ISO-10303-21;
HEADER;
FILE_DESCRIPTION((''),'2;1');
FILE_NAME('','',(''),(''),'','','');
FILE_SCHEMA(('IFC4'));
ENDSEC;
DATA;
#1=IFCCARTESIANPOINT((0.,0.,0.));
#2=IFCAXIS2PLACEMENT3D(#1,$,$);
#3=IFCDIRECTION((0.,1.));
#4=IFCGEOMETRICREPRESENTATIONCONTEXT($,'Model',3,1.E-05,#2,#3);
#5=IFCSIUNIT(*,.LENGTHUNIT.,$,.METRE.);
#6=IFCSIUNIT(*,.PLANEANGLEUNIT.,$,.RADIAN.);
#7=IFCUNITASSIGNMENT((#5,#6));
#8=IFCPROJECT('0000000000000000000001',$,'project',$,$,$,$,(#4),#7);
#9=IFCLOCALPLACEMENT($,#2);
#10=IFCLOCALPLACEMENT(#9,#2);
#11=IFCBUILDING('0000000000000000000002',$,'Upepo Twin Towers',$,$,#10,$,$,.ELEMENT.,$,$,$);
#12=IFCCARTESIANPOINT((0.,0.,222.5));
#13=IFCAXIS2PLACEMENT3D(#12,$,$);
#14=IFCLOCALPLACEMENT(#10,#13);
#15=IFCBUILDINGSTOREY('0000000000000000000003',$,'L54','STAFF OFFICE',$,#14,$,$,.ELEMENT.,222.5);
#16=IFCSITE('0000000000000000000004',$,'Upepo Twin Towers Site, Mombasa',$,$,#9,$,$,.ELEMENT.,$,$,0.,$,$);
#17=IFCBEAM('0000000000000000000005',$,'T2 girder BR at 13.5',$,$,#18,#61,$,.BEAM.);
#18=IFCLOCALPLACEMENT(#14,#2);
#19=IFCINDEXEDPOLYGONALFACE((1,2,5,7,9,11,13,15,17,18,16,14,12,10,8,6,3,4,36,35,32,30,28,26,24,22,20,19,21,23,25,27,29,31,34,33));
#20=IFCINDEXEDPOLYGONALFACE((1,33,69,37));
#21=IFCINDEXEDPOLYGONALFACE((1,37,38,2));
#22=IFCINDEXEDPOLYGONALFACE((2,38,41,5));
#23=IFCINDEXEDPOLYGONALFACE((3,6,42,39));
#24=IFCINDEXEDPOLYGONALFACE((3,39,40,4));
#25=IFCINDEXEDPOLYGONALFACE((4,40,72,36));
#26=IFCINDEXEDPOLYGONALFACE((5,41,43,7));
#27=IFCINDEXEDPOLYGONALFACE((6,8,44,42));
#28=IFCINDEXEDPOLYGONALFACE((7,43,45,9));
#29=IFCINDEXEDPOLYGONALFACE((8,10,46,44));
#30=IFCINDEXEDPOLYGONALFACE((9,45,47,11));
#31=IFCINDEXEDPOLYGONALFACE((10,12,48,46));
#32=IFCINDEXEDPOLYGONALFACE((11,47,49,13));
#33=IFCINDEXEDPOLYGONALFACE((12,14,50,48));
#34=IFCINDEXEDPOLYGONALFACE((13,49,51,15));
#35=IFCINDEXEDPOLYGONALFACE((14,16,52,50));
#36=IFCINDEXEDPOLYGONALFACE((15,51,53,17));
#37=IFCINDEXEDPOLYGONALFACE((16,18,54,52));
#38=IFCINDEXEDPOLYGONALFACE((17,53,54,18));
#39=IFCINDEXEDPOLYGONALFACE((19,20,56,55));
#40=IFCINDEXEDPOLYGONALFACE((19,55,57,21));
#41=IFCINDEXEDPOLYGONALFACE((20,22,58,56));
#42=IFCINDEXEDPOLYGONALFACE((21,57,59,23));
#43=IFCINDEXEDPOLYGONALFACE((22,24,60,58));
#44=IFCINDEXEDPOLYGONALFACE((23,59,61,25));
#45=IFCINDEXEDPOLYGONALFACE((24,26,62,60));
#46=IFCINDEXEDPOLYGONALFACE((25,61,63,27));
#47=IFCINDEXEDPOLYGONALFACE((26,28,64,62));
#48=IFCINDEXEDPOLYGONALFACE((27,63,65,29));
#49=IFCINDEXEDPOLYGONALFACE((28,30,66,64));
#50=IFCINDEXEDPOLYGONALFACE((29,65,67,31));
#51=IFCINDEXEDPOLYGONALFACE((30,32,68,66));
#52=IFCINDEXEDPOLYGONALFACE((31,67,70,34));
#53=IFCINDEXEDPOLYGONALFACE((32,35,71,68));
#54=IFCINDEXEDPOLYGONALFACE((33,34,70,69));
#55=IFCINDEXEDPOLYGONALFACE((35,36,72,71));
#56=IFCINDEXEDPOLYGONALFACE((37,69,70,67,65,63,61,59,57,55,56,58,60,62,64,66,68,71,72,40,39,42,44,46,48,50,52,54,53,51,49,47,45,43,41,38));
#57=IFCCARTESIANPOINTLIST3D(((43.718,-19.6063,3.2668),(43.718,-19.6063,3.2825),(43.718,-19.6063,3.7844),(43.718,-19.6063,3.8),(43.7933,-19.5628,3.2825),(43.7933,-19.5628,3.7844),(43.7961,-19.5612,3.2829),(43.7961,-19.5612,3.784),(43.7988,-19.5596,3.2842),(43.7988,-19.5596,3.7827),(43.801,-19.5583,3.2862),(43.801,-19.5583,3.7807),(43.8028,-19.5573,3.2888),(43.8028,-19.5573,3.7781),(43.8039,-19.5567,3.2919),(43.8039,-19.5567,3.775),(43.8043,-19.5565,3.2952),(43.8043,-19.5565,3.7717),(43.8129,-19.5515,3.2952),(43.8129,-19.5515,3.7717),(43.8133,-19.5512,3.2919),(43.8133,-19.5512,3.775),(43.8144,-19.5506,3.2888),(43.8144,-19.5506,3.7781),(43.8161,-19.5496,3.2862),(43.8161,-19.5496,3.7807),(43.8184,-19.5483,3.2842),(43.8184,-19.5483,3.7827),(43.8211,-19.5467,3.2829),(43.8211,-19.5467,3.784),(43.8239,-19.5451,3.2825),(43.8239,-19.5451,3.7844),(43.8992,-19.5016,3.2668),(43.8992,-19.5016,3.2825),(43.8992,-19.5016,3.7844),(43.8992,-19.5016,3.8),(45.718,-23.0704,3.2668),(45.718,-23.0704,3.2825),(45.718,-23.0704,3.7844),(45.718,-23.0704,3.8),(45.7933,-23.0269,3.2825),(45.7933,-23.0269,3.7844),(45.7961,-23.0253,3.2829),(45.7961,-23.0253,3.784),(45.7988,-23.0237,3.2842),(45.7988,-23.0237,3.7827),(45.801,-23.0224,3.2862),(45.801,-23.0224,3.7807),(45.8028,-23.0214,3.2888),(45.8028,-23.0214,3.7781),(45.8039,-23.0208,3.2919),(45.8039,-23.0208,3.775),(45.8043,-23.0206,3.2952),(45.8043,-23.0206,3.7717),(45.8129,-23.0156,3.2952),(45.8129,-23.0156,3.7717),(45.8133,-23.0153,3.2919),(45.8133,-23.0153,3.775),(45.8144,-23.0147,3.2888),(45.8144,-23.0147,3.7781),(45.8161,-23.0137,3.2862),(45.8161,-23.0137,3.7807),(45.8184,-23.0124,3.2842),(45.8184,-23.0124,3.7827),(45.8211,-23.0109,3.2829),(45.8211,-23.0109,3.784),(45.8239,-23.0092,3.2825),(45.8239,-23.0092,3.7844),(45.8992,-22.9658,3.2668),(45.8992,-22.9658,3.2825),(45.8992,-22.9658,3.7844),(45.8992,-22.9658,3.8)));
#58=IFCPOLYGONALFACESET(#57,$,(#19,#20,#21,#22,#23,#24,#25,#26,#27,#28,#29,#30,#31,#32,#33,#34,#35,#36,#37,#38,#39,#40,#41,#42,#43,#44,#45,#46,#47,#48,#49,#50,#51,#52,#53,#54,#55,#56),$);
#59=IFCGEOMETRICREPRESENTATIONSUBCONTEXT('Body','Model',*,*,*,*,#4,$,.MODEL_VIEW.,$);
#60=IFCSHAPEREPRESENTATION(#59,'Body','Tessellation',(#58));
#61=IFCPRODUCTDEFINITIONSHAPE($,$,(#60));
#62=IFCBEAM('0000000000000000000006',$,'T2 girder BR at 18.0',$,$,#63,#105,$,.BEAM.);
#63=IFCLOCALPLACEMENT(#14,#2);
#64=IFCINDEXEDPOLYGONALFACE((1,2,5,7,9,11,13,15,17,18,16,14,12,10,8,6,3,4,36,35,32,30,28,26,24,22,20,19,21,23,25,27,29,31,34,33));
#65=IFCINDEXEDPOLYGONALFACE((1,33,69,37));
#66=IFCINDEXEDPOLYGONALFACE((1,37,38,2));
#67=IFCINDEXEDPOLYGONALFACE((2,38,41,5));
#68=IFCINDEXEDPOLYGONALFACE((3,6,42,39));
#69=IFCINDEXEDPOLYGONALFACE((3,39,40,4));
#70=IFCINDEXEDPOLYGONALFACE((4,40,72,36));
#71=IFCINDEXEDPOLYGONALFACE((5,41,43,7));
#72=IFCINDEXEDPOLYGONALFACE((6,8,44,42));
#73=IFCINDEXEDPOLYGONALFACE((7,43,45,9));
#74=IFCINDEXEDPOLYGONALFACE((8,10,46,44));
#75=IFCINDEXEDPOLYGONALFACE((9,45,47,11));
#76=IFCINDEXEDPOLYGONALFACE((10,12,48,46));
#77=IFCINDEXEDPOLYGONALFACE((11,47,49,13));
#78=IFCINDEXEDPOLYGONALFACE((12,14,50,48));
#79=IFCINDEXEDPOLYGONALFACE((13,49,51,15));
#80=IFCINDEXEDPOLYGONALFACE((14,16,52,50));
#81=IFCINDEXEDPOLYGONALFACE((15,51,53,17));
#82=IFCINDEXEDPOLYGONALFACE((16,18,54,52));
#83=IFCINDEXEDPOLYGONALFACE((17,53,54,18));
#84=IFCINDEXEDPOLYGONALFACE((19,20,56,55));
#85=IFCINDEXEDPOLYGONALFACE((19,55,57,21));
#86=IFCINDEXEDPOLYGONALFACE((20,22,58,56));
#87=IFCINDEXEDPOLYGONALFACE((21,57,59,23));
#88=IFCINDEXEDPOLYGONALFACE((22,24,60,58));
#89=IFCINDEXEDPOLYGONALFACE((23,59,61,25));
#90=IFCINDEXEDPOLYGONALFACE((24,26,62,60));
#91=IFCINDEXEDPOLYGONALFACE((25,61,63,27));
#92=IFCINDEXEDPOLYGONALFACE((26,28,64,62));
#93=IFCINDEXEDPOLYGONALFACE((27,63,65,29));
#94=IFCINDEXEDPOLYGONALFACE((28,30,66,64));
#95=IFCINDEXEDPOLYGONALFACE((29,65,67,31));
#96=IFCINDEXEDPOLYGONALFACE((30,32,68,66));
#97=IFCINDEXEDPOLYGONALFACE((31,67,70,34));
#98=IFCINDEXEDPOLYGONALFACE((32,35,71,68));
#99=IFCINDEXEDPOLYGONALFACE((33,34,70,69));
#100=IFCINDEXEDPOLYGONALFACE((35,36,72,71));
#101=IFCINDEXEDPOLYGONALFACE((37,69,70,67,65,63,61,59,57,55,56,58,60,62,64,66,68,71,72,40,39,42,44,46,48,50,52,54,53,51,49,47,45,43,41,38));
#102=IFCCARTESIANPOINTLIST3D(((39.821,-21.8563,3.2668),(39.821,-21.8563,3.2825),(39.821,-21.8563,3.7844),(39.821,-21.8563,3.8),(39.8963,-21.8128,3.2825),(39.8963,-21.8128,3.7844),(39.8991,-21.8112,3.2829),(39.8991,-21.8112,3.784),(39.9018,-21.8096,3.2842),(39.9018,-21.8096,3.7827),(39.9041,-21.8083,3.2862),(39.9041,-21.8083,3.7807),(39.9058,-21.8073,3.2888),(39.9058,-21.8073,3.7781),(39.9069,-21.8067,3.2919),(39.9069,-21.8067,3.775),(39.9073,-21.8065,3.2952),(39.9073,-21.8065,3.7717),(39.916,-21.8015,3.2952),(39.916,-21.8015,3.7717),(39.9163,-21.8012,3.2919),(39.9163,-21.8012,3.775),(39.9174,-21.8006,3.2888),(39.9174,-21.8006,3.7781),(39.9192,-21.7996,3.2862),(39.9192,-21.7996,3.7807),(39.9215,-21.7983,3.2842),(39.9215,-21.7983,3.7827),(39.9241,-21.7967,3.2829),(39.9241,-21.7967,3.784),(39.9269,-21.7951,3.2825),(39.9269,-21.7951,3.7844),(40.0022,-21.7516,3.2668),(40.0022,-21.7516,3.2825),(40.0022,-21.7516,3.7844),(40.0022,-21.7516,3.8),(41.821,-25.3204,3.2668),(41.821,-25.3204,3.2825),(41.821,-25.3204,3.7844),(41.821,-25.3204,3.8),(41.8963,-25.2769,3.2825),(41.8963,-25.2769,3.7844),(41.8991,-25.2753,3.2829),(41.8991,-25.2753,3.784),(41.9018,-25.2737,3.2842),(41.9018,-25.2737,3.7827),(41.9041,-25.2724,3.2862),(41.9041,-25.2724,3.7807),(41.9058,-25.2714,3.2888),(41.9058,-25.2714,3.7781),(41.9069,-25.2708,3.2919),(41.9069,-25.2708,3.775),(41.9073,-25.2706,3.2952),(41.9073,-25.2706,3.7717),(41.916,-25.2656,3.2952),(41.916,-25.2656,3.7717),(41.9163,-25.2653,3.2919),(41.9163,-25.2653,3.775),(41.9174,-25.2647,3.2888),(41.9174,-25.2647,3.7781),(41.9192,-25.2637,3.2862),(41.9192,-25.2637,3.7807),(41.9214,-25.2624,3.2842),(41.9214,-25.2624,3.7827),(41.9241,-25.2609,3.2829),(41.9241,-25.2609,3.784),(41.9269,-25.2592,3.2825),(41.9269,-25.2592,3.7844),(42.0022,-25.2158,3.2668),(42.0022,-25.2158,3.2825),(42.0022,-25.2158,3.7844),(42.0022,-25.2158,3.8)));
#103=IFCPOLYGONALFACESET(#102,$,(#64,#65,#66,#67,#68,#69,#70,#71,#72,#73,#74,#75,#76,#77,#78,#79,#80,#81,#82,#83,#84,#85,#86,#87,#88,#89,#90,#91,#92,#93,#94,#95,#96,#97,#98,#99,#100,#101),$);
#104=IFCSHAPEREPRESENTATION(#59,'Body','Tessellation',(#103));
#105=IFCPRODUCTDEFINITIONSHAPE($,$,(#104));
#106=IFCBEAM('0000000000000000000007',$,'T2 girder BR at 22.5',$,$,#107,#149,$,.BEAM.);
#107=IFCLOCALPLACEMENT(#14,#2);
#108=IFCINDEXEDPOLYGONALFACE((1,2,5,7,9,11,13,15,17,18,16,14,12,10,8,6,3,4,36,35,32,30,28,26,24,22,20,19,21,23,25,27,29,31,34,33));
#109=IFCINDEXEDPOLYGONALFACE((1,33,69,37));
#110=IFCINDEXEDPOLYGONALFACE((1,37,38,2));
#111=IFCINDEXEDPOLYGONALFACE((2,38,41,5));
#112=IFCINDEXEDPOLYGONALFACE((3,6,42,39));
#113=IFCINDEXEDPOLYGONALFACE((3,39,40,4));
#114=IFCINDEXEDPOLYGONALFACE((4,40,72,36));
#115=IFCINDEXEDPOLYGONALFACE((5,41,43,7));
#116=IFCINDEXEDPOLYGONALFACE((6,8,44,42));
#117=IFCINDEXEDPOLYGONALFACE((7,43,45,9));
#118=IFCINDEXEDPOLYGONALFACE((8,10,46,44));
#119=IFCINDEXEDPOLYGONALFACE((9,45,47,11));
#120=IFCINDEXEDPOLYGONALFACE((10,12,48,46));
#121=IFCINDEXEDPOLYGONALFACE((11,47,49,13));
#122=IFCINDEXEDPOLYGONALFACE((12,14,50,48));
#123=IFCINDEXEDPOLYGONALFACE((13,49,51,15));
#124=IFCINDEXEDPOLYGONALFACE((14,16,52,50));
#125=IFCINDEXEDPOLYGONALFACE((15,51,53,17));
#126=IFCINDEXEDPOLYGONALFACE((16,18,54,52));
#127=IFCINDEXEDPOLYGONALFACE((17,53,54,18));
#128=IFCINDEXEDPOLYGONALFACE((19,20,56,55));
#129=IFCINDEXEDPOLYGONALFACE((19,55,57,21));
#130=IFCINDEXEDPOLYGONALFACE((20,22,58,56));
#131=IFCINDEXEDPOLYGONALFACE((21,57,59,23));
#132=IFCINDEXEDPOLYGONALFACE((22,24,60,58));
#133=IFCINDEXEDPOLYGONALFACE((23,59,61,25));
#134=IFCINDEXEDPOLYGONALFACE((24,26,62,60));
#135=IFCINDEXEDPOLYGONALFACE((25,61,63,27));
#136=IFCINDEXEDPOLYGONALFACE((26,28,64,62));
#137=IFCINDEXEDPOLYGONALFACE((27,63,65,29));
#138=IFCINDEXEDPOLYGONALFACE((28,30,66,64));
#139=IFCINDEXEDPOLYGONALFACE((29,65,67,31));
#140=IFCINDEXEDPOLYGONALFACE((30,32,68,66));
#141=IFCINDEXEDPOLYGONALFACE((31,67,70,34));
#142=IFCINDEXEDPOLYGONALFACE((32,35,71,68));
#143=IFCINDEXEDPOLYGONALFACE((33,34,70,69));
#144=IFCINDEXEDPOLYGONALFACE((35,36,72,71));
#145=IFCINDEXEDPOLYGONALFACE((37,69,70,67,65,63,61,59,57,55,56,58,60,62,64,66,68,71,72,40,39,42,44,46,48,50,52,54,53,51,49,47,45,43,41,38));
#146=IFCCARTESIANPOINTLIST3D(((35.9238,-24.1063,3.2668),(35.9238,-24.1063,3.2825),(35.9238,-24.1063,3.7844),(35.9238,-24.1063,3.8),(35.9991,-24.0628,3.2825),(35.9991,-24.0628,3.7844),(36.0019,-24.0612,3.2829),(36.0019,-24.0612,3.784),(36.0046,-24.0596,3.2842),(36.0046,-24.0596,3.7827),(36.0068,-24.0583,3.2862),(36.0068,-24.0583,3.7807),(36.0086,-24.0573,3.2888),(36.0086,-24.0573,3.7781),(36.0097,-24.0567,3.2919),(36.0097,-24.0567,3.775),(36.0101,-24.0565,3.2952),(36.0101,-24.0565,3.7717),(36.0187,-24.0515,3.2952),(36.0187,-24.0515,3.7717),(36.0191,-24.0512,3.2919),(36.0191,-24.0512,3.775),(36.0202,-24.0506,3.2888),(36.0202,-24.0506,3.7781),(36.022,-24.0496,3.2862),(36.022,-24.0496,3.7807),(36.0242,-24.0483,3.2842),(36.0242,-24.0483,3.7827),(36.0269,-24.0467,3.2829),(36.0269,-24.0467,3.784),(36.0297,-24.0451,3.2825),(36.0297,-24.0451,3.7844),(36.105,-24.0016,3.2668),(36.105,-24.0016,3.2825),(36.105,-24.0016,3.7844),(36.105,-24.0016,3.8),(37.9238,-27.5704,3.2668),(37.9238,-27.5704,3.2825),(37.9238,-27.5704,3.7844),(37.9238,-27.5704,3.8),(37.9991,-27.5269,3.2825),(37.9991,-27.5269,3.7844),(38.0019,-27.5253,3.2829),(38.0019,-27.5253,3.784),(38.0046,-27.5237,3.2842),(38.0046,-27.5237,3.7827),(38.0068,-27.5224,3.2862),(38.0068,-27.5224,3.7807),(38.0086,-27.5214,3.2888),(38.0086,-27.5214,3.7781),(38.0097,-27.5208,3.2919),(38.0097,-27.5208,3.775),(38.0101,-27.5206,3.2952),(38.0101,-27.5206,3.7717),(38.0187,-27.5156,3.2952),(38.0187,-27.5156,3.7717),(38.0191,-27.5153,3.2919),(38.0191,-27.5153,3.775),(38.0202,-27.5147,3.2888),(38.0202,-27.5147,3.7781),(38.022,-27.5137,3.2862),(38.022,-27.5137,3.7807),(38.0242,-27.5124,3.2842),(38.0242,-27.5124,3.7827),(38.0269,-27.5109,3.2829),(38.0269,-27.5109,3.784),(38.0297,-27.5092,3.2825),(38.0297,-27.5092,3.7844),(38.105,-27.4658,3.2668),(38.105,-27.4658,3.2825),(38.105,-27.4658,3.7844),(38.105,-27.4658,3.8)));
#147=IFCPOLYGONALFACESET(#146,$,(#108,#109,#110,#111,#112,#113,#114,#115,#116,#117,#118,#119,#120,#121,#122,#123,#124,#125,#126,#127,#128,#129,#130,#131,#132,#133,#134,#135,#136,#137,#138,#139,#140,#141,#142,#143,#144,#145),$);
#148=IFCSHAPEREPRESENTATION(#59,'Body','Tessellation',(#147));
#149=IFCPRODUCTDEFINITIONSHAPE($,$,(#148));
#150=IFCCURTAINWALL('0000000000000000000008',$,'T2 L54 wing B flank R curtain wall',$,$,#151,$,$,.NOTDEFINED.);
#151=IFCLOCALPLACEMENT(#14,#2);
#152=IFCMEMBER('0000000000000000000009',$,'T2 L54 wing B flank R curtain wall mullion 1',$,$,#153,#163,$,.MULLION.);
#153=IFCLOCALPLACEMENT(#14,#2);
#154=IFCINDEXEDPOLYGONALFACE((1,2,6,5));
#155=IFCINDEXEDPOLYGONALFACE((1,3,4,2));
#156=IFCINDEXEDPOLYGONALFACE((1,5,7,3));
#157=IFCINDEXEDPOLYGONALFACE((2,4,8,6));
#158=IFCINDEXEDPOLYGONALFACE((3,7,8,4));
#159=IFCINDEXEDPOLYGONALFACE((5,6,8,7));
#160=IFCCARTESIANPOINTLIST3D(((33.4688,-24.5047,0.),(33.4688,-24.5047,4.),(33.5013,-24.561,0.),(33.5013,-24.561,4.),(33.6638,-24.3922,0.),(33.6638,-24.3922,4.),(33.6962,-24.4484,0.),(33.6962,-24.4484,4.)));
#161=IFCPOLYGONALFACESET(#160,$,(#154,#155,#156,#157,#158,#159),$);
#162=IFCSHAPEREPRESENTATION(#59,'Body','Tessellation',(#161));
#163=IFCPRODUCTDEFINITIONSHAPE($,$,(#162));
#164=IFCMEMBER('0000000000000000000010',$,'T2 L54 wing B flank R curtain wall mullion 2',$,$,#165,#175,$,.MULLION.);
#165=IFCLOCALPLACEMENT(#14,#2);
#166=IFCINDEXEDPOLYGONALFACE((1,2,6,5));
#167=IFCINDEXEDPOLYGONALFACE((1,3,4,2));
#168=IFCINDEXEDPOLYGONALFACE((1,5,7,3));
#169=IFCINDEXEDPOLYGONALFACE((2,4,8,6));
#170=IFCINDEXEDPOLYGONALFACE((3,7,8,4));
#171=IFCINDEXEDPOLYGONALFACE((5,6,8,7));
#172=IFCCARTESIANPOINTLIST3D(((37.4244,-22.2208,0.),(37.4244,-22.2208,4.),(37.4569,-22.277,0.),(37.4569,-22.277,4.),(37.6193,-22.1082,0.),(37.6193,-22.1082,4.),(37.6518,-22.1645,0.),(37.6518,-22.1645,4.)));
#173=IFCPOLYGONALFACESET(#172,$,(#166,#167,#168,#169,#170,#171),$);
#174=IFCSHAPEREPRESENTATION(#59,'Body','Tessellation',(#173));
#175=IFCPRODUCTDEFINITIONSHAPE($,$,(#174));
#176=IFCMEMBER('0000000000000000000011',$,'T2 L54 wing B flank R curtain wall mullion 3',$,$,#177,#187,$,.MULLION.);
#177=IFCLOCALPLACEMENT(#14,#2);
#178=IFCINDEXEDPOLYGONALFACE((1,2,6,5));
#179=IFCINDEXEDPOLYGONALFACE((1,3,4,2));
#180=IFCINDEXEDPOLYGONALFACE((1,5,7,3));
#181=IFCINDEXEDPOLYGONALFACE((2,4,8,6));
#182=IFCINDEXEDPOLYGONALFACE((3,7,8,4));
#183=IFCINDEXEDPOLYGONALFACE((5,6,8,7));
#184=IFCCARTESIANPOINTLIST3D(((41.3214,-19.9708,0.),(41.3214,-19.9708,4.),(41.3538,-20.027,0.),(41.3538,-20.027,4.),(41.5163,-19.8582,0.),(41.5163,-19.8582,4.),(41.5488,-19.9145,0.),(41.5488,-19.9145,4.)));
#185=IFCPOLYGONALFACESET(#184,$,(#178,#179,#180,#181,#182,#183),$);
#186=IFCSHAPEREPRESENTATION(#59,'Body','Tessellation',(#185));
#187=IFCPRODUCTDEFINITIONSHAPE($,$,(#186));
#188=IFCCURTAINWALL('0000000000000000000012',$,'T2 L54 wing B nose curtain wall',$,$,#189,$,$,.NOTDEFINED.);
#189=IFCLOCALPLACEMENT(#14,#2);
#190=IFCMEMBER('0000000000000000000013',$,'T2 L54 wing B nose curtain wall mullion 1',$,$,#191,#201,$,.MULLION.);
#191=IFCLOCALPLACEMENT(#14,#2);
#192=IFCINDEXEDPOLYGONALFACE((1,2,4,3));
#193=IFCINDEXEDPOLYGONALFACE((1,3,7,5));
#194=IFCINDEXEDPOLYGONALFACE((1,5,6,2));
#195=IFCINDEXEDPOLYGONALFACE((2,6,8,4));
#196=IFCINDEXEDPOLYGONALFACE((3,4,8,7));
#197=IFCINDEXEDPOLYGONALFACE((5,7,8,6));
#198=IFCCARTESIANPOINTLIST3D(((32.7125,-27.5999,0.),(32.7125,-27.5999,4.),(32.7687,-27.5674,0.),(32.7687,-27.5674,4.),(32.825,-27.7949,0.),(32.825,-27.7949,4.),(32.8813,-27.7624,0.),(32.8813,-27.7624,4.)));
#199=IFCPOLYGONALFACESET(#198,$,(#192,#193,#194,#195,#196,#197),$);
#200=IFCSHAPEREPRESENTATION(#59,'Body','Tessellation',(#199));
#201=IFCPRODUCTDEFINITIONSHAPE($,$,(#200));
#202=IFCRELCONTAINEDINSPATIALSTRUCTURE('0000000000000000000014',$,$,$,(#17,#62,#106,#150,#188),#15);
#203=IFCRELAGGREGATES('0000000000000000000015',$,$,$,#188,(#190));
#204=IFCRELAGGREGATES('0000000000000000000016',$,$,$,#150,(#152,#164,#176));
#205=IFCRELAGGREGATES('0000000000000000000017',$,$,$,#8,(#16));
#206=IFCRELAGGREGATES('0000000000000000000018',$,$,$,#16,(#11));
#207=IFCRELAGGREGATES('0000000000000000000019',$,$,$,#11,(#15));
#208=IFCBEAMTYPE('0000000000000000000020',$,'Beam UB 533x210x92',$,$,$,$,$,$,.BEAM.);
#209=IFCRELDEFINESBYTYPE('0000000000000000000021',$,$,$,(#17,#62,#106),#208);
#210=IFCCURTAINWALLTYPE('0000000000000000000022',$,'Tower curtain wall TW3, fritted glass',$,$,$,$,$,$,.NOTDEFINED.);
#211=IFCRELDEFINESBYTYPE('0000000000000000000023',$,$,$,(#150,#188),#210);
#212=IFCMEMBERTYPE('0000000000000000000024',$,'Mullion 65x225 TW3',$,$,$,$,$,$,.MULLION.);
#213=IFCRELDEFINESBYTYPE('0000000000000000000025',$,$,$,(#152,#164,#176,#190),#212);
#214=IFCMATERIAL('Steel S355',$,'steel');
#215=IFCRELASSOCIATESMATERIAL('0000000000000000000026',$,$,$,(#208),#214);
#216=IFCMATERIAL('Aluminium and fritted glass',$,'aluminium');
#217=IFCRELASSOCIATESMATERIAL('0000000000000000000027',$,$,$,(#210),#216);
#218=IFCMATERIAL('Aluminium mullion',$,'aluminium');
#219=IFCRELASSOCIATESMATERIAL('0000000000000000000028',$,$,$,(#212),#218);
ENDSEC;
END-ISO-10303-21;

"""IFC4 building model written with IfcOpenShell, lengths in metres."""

from ifc_helpers import new_model, si_unit, direction, frame, origin, origin_2d, place, context, subcontext, project, spatial, rectangle, i_section, extrude, material, material_profile, profile_set, type_object, element, aggregate, save


model = new_model("IFC4")

# Units and contexts
model_context = context("Model", 3, precision=1e-05, world=origin(), true_north=direction((0.0, 1.0)))
body_context = subcontext(model_context, "Body", "Model", "MODEL_VIEW")
ifc_project = project(units=[si_unit("LENGTHUNIT", "METRE"), si_unit("PLANEANGLEUNIT", "RADIAN")], contexts=[model_context])

# Site, building, storey
site_placement = place(None, origin())
site = spatial("IfcSite", under=ifc_project, at=site_placement, Name="Upepo Twin Towers Site, Mombasa", CompositionType="ELEMENT", RefElevation=0.0)
building_placement = place(site_placement, origin())
building = spatial("IfcBuilding", under=site, at=building_placement, Name="Upepo Twin Towers", CompositionType="ELEMENT")
storey_placement = place(building_placement, frame((0.0, 0.0, 222.5)))
storey = spatial("IfcBuildingStorey", under=building, at=storey_placement, Name="L54", Description="STAFF OFFICE", CompositionType="ELEMENT", Elevation=222.5)

# Beams
ifc_material_1 = material(Name="Steel S355", Category="steel")
ifc_material_profile_1 = material_profile(ifc_material_1, i_section(OverallWidth=0.2092, OverallDepth=0.5332, WebThickness=0.01, FlangeThickness=0.0156, FilletRadius=0.0127, at=origin_2d()), Name="UB 533x210x92")
ifc_profile_set_1 = profile_set([ifc_material_profile_1], Name="Steel S355")
beam_type_1 = type_object("IfcBeamType", Name="Beam UB 533x210x92", PredefinedType="BEAM", material=ifc_profile_set_1)
for number, where, z_axis, x_axis, name in (
    (1, (43.8086, -19.554, 3.5334), (0.499999, -0.866026, 0.0), (0.866026, 0.499999, 0.0), "T2 girder BR at 13.5"),
    (2, (39.9116, -21.804, 3.5334), (0.499999, -0.866026, 0.0), (0.866026, 0.499999, 0.0), "T2 girder BR at 18.0"),
    (3, (36.0144, -24.054, 3.5334), (0.499999, -0.866026, 0.0), (0.866026, 0.499999, 0.0), "T2 girder BR at 22.5"),
):
    element("IfcBeam", number, at=place(storey_placement, frame(where, z_axis=z_axis, x_axis=x_axis)), inside=storey, type_object=beam_type_1, Name=name, PredefinedType="BEAM", context=body_context, shape_type="SweptSolid", body=[
        extrude(i_section(OverallWidth=0.2092, OverallDepth=0.5332, WebThickness=0.01, FlangeThickness=0.0156, FilletRadius=0.0127, at=origin_2d()), origin(), (0.0, 0.0, 1.0), 4.0),
    ])

# Curtain wall, members
ifc_material_2 = material(Name="Aluminium and fritted glass", Category="aluminium")
curtain_wall_type = type_object("IfcCurtainWallType", Name="Tower curtain wall TW3, fritted glass", PredefinedType="NOTDEFINED", material=ifc_material_2)
curtain_wall_1_placement = place(storey_placement, origin())
curtain_wall_1 = element("IfcCurtainWall", 4, at=curtain_wall_1_placement, inside=storey, type_object=curtain_wall_type, Name="T2 L54 wing B flank R curtain wall", PredefinedType="NOTDEFINED")
ifc_material_3 = material(Name="Aluminium mullion", Category="aluminium")
ifc_material_profile_2 = material_profile(ifc_material_3, rectangle(XDim=0.0649, YDim=0.2251, at=origin_2d()), Name="MULLION 65x225")
ifc_profile_set_2 = profile_set([ifc_material_profile_2], Name="Aluminium mullion")
member_type_1 = type_object("IfcMemberType", Name="Mullion 65x225 TW3", PredefinedType="MULLION", material=ifc_profile_set_2)
member_1_placement = place(storey_placement, frame((33.5825, -24.4766, 0.0), z_axis=(0.0, 0.0, 1.0), x_axis=(-0.5, 0.866025, 0.0)))
member_1 = element("IfcMember", 5, at=member_1_placement, type_object=member_type_1, Name="T2 L54 wing B flank R curtain wall mullion 1", PredefinedType="MULLION", context=body_context, shape_type="SweptSolid", body=[
    extrude(rectangle(XDim=0.0649, YDim=0.2251, at=origin_2d()), origin(), (0.0, 0.0, 1.0), 4.0),
])
member_2_placement = place(storey_placement, frame((37.5381, -22.1926, 0.0), z_axis=(0.0, 0.0, 1.0), x_axis=(-0.5, 0.866025, 0.0)))
member_2 = element("IfcMember", 6, at=member_2_placement, type_object=member_type_1, Name="T2 L54 wing B flank R curtain wall mullion 2", PredefinedType="MULLION", context=body_context, shape_type="SweptSolid", body=[
    extrude(rectangle(XDim=0.0649, YDim=0.2251, at=origin_2d()), origin(), (0.0, 0.0, 1.0), 4.0),
])
member_3_placement = place(storey_placement, frame((41.4351, -19.9426, 0.0), z_axis=(0.0, 0.0, 1.0), x_axis=(-0.5, 0.866025, 0.0)))
member_3 = element("IfcMember", 7, at=member_3_placement, type_object=member_type_1, Name="T2 L54 wing B flank R curtain wall mullion 3", PredefinedType="MULLION", context=body_context, shape_type="SweptSolid", body=[
    extrude(rectangle(XDim=0.0649, YDim=0.2251, at=origin_2d()), origin(), (0.0, 0.0, 1.0), 4.0),
])

# Curtain wall, member
curtain_wall_2_placement = place(storey_placement, origin())
curtain_wall_2 = element("IfcCurtainWall", 8, at=curtain_wall_2_placement, inside=storey, type_object=curtain_wall_type, Name="T2 L54 wing B nose curtain wall", PredefinedType="NOTDEFINED")
member_4_placement = place(storey_placement, frame((32.7969, -27.6812, 0.0), z_axis=(0.0, 0.0, 1.0), x_axis=(0.866025, 0.5, 0.0)))
member_4 = element("IfcMember", 9, at=member_4_placement, type_object=member_type_1, Name="T2 L54 wing B nose curtain wall mullion 1", PredefinedType="MULLION", context=body_context, shape_type="SweptSolid", body=[
    extrude(rectangle(XDim=0.0649, YDim=0.2251, at=origin_2d()), origin(), (0.0, 0.0, 1.0), 4.0),
])
aggregate(curtain_wall_2, [member_4])

aggregate(curtain_wall_1, [member_1, member_2, member_3])

save(model, "model.ifc")
